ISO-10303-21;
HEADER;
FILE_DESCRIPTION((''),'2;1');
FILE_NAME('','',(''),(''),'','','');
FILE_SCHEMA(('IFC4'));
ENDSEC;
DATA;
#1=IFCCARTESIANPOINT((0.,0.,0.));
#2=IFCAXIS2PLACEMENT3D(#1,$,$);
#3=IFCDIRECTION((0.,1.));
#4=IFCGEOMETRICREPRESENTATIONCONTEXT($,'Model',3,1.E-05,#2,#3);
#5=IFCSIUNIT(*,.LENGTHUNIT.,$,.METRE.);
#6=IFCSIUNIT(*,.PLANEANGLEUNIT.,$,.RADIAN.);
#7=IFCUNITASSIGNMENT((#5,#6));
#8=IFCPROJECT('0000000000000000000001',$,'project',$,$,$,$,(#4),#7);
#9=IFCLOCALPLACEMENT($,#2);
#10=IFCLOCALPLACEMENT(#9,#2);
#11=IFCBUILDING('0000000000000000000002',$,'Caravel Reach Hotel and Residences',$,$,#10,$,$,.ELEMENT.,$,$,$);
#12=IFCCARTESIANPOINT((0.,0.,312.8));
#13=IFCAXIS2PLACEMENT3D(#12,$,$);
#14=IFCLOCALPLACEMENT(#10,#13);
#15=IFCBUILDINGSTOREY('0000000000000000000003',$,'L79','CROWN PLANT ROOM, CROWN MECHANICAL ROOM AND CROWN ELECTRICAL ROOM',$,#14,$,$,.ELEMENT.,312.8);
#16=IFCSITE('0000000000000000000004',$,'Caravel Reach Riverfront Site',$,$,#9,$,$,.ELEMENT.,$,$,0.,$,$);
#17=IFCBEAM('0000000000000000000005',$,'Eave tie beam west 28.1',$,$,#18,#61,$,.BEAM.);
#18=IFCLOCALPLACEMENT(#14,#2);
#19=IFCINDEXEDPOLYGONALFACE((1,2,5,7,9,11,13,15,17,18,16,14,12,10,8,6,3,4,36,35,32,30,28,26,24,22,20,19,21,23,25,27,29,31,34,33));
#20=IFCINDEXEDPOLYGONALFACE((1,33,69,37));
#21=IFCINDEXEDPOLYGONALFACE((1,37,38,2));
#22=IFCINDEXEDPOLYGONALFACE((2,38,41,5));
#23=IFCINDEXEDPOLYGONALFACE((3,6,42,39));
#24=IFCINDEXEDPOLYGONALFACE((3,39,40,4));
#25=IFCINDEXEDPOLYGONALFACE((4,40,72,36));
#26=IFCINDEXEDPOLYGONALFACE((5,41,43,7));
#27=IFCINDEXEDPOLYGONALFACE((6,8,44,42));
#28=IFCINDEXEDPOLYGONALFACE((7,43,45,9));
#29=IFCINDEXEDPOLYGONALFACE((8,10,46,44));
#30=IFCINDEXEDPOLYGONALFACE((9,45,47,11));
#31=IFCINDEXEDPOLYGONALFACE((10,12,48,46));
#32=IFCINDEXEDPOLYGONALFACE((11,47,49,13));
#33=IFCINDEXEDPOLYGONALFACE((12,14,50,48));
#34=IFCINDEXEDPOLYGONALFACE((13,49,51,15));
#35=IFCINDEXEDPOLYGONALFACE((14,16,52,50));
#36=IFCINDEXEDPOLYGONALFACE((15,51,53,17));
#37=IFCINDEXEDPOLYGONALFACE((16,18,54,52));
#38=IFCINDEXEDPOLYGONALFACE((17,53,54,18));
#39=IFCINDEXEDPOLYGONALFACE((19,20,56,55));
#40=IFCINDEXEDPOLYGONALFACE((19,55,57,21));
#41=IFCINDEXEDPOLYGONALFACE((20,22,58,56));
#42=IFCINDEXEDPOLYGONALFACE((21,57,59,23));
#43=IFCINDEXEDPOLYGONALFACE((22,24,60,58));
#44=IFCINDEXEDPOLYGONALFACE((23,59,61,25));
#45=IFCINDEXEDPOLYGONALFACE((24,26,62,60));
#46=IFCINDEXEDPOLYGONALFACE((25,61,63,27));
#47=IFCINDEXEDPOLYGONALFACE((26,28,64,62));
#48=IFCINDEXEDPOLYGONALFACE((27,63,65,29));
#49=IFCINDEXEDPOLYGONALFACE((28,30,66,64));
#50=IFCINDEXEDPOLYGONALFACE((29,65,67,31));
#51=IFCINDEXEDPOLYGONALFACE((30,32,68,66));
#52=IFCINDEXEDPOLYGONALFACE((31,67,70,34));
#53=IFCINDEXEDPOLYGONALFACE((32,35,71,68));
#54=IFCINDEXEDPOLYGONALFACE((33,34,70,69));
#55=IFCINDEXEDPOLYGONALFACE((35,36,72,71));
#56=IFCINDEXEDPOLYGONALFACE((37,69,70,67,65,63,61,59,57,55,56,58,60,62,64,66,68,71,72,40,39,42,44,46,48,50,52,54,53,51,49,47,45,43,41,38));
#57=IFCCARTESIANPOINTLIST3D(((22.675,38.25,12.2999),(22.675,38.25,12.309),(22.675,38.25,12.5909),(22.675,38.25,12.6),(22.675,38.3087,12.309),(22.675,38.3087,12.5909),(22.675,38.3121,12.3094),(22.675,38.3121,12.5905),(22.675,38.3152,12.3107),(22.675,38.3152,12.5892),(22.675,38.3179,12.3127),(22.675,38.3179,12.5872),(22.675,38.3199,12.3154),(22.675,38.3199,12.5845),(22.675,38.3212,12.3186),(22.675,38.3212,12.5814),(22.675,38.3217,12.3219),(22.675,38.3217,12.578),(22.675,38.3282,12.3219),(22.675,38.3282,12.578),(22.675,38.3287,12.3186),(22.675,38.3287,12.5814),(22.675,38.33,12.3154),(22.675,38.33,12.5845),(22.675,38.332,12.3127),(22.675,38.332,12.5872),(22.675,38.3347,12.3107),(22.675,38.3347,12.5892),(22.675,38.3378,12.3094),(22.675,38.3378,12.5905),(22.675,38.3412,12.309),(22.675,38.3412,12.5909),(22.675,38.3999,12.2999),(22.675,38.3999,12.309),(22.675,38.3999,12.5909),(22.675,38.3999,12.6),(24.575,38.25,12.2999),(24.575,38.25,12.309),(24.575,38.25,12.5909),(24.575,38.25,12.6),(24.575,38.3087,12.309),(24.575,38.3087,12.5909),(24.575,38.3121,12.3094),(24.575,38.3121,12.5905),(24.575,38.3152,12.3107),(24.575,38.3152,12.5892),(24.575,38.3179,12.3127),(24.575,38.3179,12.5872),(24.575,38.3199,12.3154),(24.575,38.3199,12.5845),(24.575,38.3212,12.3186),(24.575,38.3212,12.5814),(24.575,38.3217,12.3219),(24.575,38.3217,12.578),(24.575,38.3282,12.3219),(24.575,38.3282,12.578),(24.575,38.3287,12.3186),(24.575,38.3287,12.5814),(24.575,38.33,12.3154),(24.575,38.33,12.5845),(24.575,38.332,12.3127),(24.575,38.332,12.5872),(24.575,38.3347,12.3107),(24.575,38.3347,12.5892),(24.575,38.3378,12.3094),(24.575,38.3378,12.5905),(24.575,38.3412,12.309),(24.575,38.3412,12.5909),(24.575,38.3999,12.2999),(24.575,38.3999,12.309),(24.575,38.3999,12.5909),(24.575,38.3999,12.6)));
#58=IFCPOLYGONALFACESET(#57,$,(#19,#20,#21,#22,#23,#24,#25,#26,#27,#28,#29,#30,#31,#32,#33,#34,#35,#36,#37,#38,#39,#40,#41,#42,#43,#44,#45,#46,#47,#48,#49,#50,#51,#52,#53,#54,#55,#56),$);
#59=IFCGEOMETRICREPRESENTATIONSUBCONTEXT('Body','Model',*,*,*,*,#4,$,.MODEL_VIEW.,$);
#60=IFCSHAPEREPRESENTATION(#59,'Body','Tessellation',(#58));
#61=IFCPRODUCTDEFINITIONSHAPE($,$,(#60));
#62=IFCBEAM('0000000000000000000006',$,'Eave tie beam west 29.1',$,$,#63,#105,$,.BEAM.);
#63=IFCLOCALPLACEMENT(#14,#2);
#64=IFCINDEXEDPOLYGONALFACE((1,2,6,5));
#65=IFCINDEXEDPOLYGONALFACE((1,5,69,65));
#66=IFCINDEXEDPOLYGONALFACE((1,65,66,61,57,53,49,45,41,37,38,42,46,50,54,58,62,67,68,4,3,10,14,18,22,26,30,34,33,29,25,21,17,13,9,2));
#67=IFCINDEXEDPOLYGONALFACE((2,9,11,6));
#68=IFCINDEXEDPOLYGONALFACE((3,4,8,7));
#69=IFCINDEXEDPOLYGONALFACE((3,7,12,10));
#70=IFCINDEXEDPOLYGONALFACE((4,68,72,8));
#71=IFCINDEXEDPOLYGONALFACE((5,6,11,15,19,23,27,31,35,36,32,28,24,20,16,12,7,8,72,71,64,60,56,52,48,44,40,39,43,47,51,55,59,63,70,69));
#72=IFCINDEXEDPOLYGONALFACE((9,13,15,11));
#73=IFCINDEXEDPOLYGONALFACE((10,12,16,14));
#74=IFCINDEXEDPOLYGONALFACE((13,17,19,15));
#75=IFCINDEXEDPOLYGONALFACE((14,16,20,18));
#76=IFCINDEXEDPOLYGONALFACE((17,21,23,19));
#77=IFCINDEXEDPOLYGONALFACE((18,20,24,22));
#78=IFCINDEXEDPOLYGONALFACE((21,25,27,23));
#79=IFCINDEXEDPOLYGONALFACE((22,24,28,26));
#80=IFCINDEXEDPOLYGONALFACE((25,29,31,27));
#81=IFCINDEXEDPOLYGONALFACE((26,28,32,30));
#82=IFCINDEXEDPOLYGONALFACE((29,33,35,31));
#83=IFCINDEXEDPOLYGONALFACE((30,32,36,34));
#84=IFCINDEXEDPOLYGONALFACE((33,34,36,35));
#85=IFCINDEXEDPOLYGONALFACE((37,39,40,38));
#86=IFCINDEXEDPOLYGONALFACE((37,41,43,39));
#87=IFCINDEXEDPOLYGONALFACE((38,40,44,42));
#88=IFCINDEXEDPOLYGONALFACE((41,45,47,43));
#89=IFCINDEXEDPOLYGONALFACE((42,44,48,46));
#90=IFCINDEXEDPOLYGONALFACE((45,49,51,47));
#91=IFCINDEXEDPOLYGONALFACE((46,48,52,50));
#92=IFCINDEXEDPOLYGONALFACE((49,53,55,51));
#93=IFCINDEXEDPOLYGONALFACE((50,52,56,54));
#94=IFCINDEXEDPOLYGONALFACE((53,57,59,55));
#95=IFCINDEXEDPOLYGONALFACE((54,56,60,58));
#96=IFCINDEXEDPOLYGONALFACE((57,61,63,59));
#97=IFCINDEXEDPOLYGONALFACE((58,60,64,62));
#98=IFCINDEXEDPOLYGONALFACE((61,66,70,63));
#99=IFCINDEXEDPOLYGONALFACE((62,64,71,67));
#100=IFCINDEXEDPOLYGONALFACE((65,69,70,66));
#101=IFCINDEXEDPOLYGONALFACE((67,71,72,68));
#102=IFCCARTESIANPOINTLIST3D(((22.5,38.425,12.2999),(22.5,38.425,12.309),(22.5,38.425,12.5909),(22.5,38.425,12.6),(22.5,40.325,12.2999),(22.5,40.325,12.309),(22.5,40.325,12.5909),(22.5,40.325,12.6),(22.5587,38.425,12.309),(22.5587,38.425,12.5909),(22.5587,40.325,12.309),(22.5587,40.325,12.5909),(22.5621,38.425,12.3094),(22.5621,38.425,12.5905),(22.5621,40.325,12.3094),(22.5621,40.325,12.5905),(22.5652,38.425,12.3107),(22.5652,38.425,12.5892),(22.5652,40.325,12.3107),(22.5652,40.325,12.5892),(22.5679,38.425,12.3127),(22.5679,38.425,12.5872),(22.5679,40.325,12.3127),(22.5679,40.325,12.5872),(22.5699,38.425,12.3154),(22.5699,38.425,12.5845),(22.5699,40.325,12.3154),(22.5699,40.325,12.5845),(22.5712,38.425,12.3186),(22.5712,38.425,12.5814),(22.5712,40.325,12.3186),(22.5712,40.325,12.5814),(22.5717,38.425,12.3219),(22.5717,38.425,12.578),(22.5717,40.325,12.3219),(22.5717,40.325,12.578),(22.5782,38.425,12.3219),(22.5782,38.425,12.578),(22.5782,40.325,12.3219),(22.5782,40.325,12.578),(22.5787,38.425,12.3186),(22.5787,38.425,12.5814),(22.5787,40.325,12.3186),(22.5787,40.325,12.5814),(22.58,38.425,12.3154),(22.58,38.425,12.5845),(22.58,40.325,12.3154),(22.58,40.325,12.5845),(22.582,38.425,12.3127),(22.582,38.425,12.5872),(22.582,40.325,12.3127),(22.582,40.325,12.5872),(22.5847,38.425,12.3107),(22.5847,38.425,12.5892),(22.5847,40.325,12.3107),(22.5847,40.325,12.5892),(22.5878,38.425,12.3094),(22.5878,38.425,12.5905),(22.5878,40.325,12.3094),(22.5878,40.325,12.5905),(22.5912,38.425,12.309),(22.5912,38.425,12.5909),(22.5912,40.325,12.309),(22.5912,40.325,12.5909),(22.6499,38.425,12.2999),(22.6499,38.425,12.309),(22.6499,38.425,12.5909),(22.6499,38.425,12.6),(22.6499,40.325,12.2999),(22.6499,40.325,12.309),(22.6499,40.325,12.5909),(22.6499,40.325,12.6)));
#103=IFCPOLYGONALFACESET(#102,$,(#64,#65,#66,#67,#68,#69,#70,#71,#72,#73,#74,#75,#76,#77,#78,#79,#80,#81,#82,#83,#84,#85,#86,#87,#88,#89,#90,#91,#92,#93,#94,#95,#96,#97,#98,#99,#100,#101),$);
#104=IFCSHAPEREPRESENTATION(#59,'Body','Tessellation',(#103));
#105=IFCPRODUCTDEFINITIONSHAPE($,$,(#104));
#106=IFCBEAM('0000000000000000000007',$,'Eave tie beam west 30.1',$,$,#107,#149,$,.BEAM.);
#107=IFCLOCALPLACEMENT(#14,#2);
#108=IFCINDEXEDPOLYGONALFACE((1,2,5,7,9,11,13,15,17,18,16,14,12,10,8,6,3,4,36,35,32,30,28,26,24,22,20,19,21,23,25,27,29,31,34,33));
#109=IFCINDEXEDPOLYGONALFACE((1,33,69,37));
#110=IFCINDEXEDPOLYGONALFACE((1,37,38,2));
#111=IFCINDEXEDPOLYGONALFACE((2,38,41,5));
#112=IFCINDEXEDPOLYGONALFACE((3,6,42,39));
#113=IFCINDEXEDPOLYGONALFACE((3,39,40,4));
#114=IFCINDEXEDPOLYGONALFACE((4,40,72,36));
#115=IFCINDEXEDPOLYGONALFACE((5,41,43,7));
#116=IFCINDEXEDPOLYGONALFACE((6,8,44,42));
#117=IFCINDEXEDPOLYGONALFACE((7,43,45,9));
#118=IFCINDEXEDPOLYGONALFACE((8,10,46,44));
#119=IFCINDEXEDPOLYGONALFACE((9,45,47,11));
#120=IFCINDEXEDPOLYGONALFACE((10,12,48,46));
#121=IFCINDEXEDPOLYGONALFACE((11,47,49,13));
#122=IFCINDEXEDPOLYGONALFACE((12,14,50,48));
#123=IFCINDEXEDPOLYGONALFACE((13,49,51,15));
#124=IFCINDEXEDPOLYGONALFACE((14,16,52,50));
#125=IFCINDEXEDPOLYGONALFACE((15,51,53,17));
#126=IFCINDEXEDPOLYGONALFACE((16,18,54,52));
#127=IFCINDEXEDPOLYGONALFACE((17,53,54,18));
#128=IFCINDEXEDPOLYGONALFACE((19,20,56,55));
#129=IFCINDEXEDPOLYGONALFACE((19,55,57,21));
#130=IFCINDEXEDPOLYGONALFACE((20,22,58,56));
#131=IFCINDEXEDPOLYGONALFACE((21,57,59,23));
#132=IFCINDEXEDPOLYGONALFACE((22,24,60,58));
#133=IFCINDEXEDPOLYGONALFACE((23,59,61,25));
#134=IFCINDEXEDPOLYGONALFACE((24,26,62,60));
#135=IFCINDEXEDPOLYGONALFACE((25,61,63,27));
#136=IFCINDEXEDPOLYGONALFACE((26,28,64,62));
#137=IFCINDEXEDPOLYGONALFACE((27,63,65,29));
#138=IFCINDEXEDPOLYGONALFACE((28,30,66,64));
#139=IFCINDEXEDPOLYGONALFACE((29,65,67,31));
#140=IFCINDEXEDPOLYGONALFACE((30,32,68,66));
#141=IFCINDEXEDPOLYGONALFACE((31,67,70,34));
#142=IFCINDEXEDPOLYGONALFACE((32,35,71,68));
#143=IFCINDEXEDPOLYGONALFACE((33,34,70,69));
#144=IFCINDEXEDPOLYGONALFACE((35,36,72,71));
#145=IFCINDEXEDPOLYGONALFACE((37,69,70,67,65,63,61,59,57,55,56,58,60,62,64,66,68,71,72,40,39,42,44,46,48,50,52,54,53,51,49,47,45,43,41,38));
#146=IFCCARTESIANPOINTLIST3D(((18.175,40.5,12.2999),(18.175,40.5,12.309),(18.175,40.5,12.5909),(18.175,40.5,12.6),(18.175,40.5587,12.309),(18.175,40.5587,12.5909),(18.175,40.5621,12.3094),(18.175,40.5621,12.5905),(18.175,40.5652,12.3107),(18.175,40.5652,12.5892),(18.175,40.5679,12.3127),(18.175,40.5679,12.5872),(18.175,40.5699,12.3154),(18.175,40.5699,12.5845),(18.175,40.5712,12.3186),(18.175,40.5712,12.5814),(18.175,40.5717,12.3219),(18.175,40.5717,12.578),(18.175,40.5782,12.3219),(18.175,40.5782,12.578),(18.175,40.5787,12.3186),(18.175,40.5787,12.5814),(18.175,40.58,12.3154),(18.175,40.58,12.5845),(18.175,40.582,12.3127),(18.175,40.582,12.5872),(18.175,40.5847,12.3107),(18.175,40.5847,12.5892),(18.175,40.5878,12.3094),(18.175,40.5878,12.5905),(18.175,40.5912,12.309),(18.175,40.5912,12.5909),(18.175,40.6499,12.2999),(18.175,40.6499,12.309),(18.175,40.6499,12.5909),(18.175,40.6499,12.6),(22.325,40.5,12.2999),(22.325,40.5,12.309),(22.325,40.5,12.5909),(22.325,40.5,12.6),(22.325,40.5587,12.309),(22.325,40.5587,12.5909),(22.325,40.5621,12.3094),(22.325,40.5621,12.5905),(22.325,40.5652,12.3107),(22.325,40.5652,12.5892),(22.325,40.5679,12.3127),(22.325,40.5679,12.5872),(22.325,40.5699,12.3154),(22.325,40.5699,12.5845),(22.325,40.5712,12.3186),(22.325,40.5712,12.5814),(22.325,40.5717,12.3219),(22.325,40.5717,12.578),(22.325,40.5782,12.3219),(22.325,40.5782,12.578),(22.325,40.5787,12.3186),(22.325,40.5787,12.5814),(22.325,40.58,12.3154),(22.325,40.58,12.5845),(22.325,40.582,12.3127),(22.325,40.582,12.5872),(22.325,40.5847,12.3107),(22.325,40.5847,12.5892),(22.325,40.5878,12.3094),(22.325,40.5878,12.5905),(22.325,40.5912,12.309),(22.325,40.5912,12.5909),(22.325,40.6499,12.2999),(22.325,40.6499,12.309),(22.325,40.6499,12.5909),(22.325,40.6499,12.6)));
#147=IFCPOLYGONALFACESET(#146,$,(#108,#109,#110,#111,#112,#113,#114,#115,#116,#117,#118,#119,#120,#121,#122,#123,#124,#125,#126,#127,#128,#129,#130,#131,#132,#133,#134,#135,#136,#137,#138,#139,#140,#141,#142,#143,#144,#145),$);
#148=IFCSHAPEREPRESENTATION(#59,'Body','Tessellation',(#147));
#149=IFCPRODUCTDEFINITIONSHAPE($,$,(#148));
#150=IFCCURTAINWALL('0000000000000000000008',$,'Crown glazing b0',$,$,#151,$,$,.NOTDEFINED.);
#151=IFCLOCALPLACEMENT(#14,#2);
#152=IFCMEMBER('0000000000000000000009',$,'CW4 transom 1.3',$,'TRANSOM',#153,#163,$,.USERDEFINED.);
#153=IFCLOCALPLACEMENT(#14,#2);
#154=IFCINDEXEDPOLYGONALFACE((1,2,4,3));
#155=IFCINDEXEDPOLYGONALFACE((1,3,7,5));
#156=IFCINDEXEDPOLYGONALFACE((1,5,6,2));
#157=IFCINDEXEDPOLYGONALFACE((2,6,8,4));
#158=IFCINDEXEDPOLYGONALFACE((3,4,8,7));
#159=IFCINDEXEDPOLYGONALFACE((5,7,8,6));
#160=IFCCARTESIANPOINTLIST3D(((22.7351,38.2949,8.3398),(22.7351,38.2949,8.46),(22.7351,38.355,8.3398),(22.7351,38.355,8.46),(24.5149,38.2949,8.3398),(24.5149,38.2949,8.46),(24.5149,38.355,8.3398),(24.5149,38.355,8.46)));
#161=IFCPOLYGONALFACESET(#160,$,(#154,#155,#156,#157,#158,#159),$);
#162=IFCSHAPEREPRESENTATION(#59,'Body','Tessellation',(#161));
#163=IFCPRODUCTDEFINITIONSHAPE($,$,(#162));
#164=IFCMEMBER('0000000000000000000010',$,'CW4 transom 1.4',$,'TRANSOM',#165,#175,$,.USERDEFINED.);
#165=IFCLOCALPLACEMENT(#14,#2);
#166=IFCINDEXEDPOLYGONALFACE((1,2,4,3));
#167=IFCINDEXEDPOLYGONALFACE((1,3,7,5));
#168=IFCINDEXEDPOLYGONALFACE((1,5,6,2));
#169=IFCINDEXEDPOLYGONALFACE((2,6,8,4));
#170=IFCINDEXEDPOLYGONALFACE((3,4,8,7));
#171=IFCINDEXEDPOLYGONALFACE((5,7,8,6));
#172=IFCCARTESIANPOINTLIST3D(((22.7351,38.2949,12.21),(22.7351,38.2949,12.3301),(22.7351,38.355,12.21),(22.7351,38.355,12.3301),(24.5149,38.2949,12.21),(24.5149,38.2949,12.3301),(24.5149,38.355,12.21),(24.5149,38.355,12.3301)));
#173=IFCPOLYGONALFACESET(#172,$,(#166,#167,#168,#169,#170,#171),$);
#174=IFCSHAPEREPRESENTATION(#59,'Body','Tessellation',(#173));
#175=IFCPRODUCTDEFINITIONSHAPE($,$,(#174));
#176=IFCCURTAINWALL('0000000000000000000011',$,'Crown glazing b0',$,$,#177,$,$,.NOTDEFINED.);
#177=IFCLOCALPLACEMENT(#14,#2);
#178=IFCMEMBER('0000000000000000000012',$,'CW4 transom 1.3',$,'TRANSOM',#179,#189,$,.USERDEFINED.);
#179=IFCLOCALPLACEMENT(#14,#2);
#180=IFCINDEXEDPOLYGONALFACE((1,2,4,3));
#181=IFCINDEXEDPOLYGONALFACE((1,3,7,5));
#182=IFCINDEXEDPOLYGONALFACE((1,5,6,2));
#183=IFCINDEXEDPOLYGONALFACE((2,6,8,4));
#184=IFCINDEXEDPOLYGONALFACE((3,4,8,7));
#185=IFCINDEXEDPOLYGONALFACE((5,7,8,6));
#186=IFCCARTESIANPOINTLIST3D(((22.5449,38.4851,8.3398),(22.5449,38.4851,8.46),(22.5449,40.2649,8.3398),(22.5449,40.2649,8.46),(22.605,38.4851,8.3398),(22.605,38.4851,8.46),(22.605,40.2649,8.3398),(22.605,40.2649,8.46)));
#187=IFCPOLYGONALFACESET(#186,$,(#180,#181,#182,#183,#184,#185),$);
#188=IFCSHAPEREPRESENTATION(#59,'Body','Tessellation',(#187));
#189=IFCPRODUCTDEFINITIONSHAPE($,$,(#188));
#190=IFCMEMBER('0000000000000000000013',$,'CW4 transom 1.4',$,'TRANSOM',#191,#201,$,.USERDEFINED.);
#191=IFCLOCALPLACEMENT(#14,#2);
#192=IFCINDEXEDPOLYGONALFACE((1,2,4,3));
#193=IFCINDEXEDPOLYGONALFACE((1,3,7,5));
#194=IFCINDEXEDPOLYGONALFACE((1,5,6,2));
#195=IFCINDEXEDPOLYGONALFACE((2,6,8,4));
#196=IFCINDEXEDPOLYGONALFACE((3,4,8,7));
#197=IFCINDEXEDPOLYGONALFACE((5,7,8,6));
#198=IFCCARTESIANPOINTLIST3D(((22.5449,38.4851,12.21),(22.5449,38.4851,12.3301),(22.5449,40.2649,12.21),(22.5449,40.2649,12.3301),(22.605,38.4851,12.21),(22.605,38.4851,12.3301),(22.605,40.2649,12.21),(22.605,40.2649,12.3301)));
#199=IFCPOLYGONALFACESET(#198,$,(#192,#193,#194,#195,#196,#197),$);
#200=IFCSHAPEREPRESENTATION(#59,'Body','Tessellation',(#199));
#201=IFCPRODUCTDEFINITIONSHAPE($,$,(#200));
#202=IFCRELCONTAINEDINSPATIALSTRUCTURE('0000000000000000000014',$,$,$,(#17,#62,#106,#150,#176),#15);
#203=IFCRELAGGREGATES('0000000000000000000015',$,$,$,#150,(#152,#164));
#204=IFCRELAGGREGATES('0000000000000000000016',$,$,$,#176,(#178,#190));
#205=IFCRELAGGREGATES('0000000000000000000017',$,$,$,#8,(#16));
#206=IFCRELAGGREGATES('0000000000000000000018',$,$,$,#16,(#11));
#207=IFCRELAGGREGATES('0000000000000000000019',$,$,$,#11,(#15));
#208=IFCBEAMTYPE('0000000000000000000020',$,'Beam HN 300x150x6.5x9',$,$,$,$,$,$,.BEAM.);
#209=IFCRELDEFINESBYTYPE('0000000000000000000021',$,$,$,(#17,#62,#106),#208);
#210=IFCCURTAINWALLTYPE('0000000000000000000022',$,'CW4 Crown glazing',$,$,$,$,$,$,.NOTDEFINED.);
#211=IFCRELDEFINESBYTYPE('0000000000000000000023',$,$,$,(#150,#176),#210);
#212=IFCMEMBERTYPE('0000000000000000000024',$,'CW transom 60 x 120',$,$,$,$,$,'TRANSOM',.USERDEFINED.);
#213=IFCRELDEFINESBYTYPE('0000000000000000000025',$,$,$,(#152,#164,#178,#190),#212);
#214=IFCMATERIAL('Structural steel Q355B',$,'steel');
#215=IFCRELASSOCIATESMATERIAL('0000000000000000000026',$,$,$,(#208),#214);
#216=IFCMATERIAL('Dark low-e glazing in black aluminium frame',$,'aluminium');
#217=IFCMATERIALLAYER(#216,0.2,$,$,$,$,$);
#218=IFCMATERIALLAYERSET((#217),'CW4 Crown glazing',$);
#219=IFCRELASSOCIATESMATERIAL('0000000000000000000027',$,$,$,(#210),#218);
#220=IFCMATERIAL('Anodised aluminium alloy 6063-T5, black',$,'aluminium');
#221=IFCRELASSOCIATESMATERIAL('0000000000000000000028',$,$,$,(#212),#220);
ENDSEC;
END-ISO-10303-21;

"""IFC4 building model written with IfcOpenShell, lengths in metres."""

from ifc_helpers import new_model, si_unit, direction, frame, origin, origin_2d, place, context, subcontext, project, spatial, rectangle, i_section, extrude, material, layer, layer_set, material_profile, profile_set, type_object, element, aggregate, save


model = new_model("IFC4")

# Units and contexts
model_context = context("Model", 3, precision=1e-05, world=origin(), true_north=direction((0.0, 1.0)))
body_context = subcontext(model_context, "Body", "Model", "MODEL_VIEW")
ifc_project = project(units=[si_unit("LENGTHUNIT", "METRE"), si_unit("PLANEANGLEUNIT", "RADIAN")], contexts=[model_context])

# Site, building, storey
site_placement = place(None, origin())
site = spatial("IfcSite", under=ifc_project, at=site_placement, Name="Caravel Reach Riverfront Site", CompositionType="ELEMENT", RefElevation=0.0)
building_placement = place(site_placement, origin())
building = spatial("IfcBuilding", under=site, at=building_placement, Name="Caravel Reach Hotel and Residences", CompositionType="ELEMENT")
storey_placement = place(building_placement, frame((0.0, 0.0, 312.8)))
storey = spatial("IfcBuildingStorey", under=building, at=storey_placement, Name="L79", Description="CROWN PLANT ROOM, CROWN MECHANICAL ROOM AND CROWN ELECTRICAL ROOM", CompositionType="ELEMENT", Elevation=312.8)

# Beams
ifc_material_1 = material(Name="Structural steel Q355B", Category="steel")
ifc_material_profile_1 = material_profile(ifc_material_1, i_section(OverallWidth=0.1499, OverallDepth=0.3, WebThickness=0.0066, FlangeThickness=0.009, FilletRadius=0.0129, at=origin_2d()), Name="HN 300x150x6.5x9")
ifc_profile_set_1 = profile_set([ifc_material_profile_1], Name="Structural steel Q355B")
beam_type = type_object("IfcBeamType", Name="Beam HN 300x150x6.5x9", PredefinedType="BEAM", material=ifc_profile_set_1)
for number, where, z_axis, x_axis, name in (
    (1, (24.575, 38.325, 12.45), (-1.0, 0.0, 0.0), (0.0, -1.0, 0.0), "Eave tie beam west 28.1"),
    (2, (22.575, 38.425, 12.45), (0.0, 1.0, 0.0), (-1.0, 0.0, 0.0), "Eave tie beam west 29.1"),
):
    element("IfcBeam", number, at=place(storey_placement, frame(where, z_axis=z_axis, x_axis=x_axis)), inside=storey, type_object=beam_type, Name=name, PredefinedType="BEAM", context=body_context, shape_type="SweptSolid", body=[
        extrude(i_section(OverallWidth=0.1499, OverallDepth=0.3, WebThickness=0.0066, FlangeThickness=0.009, FilletRadius=0.0129, at=origin_2d()), origin(), (0.0, 0.0, 1.0), 1.8999),
    ])
beam_placement = place(storey_placement, frame((22.325, 40.575, 12.45), z_axis=(-1.0, 0.0, 0.0), x_axis=(0.0, -1.0, 0.0)))
element("IfcBeam", 3, at=beam_placement, inside=storey, type_object=beam_type, Name="Eave tie beam west 30.1", PredefinedType="BEAM", context=body_context, shape_type="SweptSolid", body=[
    extrude(i_section(OverallWidth=0.1499, OverallDepth=0.3, WebThickness=0.0066, FlangeThickness=0.009, FilletRadius=0.0129, at=origin_2d()), origin(), (0.0, 0.0, 1.0), 4.1499),
])

# Curtain walls, members
ifc_material_2 = material(Name="Dark low-e glazing in black aluminium frame", Category="aluminium")
ifc_layer_1 = layer(ifc_material_2, 0.2)
ifc_layer_set_1 = layer_set([ifc_layer_1], Name="CW4 Crown glazing")
curtain_wall_type = type_object("IfcCurtainWallType", Name="CW4 Crown glazing", PredefinedType="NOTDEFINED", material=ifc_layer_set_1)
curtain_wall_1_placement = place(storey_placement, origin())
curtain_wall_1 = element("IfcCurtainWall", 4, at=curtain_wall_1_placement, inside=storey, type_object=curtain_wall_type, Name="Crown glazing b0", PredefinedType="NOTDEFINED")
ifc_material_3 = material(Name="Anodised aluminium alloy 6063-T5, black", Category="aluminium")
ifc_material_profile_2 = material_profile(ifc_material_3, rectangle(XDim=0.0601, YDim=0.1201, at=origin_2d()), Name="CW transom 60 x 120")
ifc_profile_set_2 = profile_set([ifc_material_profile_2], Name="Anodised aluminium alloy 6063-T5, black")
member_type = type_object("IfcMemberType", Name="CW transom 60 x 120", ElementType="TRANSOM", PredefinedType="USERDEFINED", material=ifc_profile_set_2)
member_1_placement = place(storey_placement, frame((24.5149, 38.325, 8.3999), z_axis=(-1.0, 0.0, 0.0), x_axis=(0.0, -1.0, 0.0)))
member_1 = element("IfcMember", 5, at=member_1_placement, type_object=member_type, Name="CW4 transom 1.3", ObjectType="TRANSOM", PredefinedType="USERDEFINED", context=body_context, shape_type="SweptSolid", body=[
    extrude(rectangle(XDim=0.0601, YDim=0.1201, at=origin_2d()), origin(), (0.0, 0.0, 1.0), 1.7798),
])
member_2_placement = place(storey_placement, frame((24.5149, 38.325, 12.27), z_axis=(-1.0, 0.0, 0.0), x_axis=(0.0, -1.0, 0.0)))
member_2 = element("IfcMember", 6, at=member_2_placement, type_object=member_type, Name="CW4 transom 1.4", ObjectType="TRANSOM", PredefinedType="USERDEFINED", context=body_context, shape_type="SweptSolid", body=[
    extrude(rectangle(XDim=0.0601, YDim=0.1201, at=origin_2d()), origin(), (0.0, 0.0, 1.0), 1.7798),
])
curtain_wall_2_placement = place(storey_placement, origin())
curtain_wall_2 = element("IfcCurtainWall", 7, at=curtain_wall_2_placement, inside=storey, type_object=curtain_wall_type, Name="Crown glazing b0", PredefinedType="NOTDEFINED")
member_3_placement = place(storey_placement, frame((22.575, 38.4851, 8.3999), z_axis=(0.0, 1.0, 0.0), x_axis=(-1.0, 0.0, 0.0)))
member_3 = element("IfcMember", 8, at=member_3_placement, type_object=member_type, Name="CW4 transom 1.3", ObjectType="TRANSOM", PredefinedType="USERDEFINED", context=body_context, shape_type="SweptSolid", body=[
    extrude(rectangle(XDim=0.0601, YDim=0.1201, at=origin_2d()), origin(), (0.0, 0.0, 1.0), 1.7798),
])
member_4_placement = place(storey_placement, frame((22.575, 38.4851, 12.27), z_axis=(0.0, 1.0, 0.0), x_axis=(-1.0, 0.0, 0.0)))
member_4 = element("IfcMember", 9, at=member_4_placement, type_object=member_type, Name="CW4 transom 1.4", ObjectType="TRANSOM", PredefinedType="USERDEFINED", context=body_context, shape_type="SweptSolid", body=[
    extrude(rectangle(XDim=0.0601, YDim=0.1201, at=origin_2d()), origin(), (0.0, 0.0, 1.0), 1.7798),
])

aggregate(curtain_wall_1, [member_1, member_2])
aggregate(curtain_wall_2, [member_3, member_4])

save(model, "model.ifc")
